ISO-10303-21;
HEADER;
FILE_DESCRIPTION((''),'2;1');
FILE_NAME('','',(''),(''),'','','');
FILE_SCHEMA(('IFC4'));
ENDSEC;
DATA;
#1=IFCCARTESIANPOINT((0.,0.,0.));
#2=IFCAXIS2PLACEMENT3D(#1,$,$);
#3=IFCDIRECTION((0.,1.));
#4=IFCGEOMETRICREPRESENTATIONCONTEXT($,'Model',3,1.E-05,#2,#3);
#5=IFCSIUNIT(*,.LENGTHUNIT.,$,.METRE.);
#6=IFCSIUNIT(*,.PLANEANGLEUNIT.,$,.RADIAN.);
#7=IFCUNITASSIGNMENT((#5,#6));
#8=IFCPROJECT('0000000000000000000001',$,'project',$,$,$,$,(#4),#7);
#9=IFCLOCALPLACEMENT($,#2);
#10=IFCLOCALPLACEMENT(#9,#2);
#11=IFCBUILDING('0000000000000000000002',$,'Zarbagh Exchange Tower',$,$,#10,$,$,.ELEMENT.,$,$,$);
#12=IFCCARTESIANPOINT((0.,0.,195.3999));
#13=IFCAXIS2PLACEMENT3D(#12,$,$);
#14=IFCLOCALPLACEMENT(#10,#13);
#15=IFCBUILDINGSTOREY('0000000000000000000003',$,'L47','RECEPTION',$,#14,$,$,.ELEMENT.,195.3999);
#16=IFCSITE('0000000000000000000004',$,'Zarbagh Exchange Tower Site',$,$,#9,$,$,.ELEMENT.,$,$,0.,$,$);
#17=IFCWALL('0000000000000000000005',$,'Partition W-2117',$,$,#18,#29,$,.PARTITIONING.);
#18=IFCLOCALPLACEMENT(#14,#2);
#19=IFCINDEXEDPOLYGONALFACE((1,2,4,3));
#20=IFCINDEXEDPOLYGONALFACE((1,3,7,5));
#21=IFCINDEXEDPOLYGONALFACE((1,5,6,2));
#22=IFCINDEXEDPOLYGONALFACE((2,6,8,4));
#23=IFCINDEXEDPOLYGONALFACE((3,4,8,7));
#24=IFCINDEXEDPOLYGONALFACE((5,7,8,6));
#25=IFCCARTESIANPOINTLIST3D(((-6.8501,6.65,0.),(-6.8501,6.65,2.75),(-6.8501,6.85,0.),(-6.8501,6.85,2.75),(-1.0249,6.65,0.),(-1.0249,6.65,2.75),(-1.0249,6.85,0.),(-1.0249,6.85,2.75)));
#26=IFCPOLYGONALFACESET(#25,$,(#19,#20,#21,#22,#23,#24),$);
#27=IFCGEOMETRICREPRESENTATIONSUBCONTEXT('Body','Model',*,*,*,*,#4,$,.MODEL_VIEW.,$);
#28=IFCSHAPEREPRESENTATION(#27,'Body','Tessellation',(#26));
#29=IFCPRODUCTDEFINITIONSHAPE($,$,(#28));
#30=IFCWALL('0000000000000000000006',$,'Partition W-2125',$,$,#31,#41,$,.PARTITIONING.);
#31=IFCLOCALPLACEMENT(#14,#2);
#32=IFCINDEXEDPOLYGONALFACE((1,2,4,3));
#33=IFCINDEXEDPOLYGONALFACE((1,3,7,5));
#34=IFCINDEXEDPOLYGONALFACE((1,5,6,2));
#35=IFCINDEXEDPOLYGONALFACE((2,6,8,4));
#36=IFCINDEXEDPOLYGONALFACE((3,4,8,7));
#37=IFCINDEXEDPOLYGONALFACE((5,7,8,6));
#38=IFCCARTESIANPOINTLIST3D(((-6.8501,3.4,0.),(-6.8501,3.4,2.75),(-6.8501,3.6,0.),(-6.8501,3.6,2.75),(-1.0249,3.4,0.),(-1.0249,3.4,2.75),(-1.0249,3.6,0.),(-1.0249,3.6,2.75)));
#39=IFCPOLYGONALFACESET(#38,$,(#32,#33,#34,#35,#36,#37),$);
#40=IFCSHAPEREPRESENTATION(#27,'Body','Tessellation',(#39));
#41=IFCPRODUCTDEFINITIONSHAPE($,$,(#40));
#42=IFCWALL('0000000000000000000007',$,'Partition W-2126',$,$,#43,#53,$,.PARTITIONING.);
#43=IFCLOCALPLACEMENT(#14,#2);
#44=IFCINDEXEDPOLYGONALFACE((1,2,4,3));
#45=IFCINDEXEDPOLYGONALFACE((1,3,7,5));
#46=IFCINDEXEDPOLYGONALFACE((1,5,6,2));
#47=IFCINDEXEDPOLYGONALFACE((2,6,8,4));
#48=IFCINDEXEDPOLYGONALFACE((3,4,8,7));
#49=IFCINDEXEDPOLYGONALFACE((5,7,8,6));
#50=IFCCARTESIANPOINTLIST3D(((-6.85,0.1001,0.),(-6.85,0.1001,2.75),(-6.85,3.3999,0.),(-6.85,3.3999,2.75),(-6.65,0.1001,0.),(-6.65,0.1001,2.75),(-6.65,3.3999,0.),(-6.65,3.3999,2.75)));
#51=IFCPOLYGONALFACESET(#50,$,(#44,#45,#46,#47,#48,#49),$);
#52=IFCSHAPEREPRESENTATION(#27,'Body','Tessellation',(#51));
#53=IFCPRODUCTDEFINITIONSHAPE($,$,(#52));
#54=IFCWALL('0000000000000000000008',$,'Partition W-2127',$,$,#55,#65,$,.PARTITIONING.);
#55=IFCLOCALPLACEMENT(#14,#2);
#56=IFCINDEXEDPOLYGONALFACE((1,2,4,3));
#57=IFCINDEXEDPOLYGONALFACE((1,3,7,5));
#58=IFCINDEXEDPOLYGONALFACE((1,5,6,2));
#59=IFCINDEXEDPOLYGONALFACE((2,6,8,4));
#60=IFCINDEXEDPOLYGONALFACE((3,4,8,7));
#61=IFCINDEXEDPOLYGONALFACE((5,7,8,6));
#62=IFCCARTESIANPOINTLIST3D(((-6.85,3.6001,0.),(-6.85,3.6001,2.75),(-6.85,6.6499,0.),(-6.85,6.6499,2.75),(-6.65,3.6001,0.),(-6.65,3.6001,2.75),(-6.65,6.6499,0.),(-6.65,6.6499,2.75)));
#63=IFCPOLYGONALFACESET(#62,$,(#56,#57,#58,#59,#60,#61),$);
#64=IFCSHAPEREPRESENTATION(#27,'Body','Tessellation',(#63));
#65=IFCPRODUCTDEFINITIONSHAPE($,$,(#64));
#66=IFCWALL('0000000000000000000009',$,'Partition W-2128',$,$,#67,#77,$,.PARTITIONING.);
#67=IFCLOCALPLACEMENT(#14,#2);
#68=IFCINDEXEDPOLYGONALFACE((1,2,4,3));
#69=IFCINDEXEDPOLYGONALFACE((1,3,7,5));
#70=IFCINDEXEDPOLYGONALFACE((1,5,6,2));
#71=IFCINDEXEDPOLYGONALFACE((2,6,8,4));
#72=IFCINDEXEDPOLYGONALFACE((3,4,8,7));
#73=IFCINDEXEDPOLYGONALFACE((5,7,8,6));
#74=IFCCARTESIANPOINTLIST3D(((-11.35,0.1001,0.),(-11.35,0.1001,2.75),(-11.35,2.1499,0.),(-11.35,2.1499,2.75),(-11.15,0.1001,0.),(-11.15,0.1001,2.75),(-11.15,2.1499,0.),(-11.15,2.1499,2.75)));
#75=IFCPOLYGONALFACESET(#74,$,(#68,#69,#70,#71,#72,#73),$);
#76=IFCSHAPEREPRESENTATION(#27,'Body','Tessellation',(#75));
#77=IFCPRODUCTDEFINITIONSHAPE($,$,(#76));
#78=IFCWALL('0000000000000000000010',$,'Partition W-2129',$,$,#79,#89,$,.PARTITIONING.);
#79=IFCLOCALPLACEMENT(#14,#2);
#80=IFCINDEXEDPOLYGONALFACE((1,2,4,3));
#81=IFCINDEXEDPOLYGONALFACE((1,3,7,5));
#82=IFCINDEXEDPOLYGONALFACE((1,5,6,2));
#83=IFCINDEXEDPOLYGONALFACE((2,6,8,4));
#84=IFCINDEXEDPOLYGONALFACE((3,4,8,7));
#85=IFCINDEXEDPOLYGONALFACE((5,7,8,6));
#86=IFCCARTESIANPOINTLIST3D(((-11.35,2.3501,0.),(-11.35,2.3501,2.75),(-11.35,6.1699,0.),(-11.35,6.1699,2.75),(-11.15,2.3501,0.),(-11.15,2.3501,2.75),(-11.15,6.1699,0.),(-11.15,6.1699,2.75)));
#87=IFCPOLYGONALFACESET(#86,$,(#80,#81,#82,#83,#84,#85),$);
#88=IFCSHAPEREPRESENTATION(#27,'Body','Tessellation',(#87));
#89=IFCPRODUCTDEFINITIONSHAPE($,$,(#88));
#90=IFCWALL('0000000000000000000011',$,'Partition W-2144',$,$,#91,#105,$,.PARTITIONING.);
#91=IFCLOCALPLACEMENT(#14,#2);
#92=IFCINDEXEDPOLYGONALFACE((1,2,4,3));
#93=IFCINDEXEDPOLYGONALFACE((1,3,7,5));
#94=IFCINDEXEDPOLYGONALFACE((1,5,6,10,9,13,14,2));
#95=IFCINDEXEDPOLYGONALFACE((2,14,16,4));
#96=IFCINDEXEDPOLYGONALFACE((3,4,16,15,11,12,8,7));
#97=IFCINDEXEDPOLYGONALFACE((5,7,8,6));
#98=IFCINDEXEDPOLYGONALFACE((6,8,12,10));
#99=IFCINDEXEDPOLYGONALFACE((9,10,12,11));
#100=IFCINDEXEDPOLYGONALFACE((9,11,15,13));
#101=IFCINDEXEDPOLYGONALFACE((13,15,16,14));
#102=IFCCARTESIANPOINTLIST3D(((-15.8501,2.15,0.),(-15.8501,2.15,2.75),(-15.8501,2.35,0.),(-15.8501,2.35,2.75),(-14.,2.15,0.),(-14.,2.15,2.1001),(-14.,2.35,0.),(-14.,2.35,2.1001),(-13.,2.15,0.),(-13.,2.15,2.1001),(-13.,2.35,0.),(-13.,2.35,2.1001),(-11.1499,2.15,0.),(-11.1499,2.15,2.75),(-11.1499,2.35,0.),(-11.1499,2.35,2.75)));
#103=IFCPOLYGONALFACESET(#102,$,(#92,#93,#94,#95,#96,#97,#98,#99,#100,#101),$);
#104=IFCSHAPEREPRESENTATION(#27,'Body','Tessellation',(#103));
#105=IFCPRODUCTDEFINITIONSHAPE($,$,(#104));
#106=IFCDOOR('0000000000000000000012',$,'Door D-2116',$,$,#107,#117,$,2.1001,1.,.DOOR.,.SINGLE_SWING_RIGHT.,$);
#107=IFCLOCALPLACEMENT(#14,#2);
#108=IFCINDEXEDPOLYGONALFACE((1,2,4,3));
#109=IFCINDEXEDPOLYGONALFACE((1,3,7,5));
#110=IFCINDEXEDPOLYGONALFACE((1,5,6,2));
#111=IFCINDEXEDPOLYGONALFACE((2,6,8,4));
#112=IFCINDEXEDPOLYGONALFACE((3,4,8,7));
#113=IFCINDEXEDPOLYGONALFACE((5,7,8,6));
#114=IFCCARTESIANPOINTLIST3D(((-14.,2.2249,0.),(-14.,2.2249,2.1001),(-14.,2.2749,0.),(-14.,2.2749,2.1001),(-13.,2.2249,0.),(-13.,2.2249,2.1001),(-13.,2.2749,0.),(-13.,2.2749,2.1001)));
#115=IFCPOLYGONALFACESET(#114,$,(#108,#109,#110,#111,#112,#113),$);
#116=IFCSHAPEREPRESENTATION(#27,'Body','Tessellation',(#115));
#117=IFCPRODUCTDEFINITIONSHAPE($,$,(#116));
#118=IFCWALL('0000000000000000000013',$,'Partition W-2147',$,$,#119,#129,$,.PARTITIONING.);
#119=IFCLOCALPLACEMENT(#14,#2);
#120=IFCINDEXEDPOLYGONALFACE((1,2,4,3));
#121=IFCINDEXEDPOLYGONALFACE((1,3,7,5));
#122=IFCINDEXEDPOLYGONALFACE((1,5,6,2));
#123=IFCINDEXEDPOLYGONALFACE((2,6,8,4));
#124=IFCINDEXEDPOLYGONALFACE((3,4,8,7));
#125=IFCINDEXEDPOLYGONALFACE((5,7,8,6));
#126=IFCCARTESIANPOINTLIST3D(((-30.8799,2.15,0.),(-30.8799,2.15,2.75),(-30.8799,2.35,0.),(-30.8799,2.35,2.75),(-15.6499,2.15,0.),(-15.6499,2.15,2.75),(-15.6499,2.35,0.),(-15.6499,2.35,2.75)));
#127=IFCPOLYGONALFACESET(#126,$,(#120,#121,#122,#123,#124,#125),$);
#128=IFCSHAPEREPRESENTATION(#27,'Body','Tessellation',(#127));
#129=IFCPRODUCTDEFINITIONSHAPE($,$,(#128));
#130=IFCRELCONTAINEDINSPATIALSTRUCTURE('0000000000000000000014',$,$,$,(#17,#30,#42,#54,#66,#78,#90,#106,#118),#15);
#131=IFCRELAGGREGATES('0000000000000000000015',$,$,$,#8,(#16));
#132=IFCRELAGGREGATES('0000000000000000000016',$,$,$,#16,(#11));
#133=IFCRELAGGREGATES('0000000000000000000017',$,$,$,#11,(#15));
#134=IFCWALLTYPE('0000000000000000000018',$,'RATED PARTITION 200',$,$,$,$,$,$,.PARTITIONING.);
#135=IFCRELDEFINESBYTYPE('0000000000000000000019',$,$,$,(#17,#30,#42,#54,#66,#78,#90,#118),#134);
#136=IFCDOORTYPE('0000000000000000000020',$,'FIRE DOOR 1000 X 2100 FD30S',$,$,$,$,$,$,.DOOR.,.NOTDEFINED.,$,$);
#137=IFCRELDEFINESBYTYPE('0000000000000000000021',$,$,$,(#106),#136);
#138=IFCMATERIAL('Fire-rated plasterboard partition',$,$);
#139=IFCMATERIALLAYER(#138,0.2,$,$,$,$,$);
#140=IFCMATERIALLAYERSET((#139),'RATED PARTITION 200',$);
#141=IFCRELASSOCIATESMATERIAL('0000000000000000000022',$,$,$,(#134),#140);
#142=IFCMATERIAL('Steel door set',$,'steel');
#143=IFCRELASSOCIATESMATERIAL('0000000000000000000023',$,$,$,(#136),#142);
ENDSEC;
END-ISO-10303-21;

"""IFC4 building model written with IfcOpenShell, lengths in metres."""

from ifc_helpers import new_model, si_unit, direction, frame, frame_2d, origin, place, context, subcontext, project, spatial, rectangle, extrude, material, layer, layer_set, type_object, element, fill, save


model = new_model("IFC4")

# Units and contexts
model_context = context("Model", 3, precision=1e-05, world=origin(), true_north=direction((0.0, 1.0)))
body_context = subcontext(model_context, "Body", "Model", "MODEL_VIEW")
ifc_project = project(units=[si_unit("LENGTHUNIT", "METRE"), si_unit("PLANEANGLEUNIT", "RADIAN")], contexts=[model_context])

# Site, building, storey
site_placement = place(None, origin())
site = spatial("IfcSite", under=ifc_project, at=site_placement, Name="Zarbagh Exchange Tower Site", CompositionType="ELEMENT", RefElevation=0.0)
building_placement = place(site_placement, origin())
building = spatial("IfcBuilding", under=site, at=building_placement, Name="Zarbagh Exchange Tower", CompositionType="ELEMENT")
storey_placement = place(building_placement, frame((0.0, 0.0, 195.3999)))
storey = spatial("IfcBuildingStorey", under=building, at=storey_placement, Name="L47", Description="RECEPTION", CompositionType="ELEMENT", Elevation=195.3999)

# Walls
ifc_material_1 = material(Name="Fire-rated plasterboard partition")
ifc_layer = layer(ifc_material_1, 0.2)
ifc_layer_set = layer_set([ifc_layer], Name="RATED PARTITION 200")
wall_type = type_object("IfcWallType", Name="RATED PARTITION 200", PredefinedType="PARTITIONING", material=ifc_layer_set)
for number, where, z_axis, x_axis, name in (
    (1, (-6.8501, 6.75, 0.0), (0.0, 0.0, 1.0), (1.0, 0.0, 0.0), "Partition W-2117"),
    (2, (-6.8501, 3.5, 0.0), (0.0, 0.0, 1.0), (1.0, 0.0, 0.0), "Partition W-2125"),
):
    element("IfcWall", number, at=place(storey_placement, frame(where, z_axis=z_axis, x_axis=x_axis)), inside=storey, type_object=wall_type, Name=name, PredefinedType="PARTITIONING", context=body_context, shape_type="SweptSolid", body=[
        extrude(rectangle(XDim=5.8252, YDim=0.2, at=frame_2d((2.9126, 0.0))), origin(), (0.0, 0.0, 1.0), 2.75),
    ])
wall_1_placement = place(storey_placement, frame((-6.75, 0.1001, 0.0), z_axis=(0.0, 0.0, 1.0), x_axis=(0.0, 1.0, 0.0)))
element("IfcWall", 3, at=wall_1_placement, inside=storey, type_object=wall_type, Name="Partition W-2126", PredefinedType="PARTITIONING", context=body_context, shape_type="SweptSolid", body=[
    extrude(rectangle(XDim=3.2998, YDim=0.2, at=frame_2d((1.6499, 0.0))), origin(), (0.0, 0.0, 1.0), 2.75),
])
wall_2_placement = place(storey_placement, frame((-6.75, 3.6001, 0.0), z_axis=(0.0, 0.0, 1.0), x_axis=(0.0, 1.0, 0.0)))
element("IfcWall", 4, at=wall_2_placement, inside=storey, type_object=wall_type, Name="Partition W-2127", PredefinedType="PARTITIONING", context=body_context, shape_type="SweptSolid", body=[
    extrude(rectangle(XDim=3.0498, YDim=0.2, at=frame_2d((1.5249, 0.0))), origin(), (0.0, 0.0, 1.0), 2.75),
])
wall_3_placement = place(storey_placement, frame((-11.25, 0.1001, 0.0), z_axis=(0.0, 0.0, 1.0), x_axis=(0.0, 1.0, 0.0)))
element("IfcWall", 5, at=wall_3_placement, inside=storey, type_object=wall_type, Name="Partition W-2128", PredefinedType="PARTITIONING", context=body_context, shape_type="SweptSolid", body=[
    extrude(rectangle(XDim=2.0498, YDim=0.2, at=frame_2d((1.0249, 0.0))), origin(), (0.0, 0.0, 1.0), 2.75),
])
wall_4_placement = place(storey_placement, frame((-11.25, 2.3501, 0.0), z_axis=(0.0, 0.0, 1.0), x_axis=(0.0, 1.0, 0.0)))
element("IfcWall", 6, at=wall_4_placement, inside=storey, type_object=wall_type, Name="Partition W-2129", PredefinedType="PARTITIONING", context=body_context, shape_type="SweptSolid", body=[
    extrude(rectangle(XDim=3.8198, YDim=0.2, at=frame_2d((1.9099, 0.0))), origin(), (0.0, 0.0, 1.0), 2.75),
])

# Wall, opening, door
wall_5_placement = place(storey_placement, frame((-15.8501, 2.25, 0.0), z_axis=(0.0, 0.0, 1.0), x_axis=(1.0, 0.0, 0.0)))
wall_5 = element("IfcWall", 7, at=wall_5_placement, inside=storey, type_object=wall_type, Name="Partition W-2144", PredefinedType="PARTITIONING", context=body_context, shape_type="SweptSolid", body=[
    extrude(rectangle(XDim=4.7002, YDim=0.2, at=frame_2d((2.3501, 0.0))), origin(), (0.0, 0.0, 1.0), 2.75),
])
opening_placement = place(wall_5_placement, frame((1.8501, 0.0, 0.0)))
opening = element("IfcOpeningElement", 8, at=opening_placement, cuts=wall_5, PredefinedType="OPENING", context=body_context, shape_type="SweptSolid", body=[
    extrude(rectangle(XDim=1.0, YDim=2.1001, at=frame_2d((0.5, 1.05))), frame((0.0, 0.1099, 0.0), z_axis=(0.0, -1.0, 0.0), x_axis=(1.0, 0.0, 0.0)), (0.0, 0.0, 1.0), 0.22),
])
ifc_material_2 = material(Name="Steel door set", Category="steel")
door_type = type_object("IfcDoorType", Name="FIRE DOOR 1000 X 2100 FD30S", OperationType="NOTDEFINED", PredefinedType="DOOR", material=ifc_material_2)
door_placement = place(opening_placement, origin())
door = element("IfcDoor", 9, at=door_placement, inside=storey, type_object=door_type, Name="Door D-2116", OperationType="SINGLE_SWING_RIGHT", OverallHeight=2.1001, OverallWidth=1.0, PredefinedType="DOOR", context=body_context, shape_type="SweptSolid", body=[
    extrude(rectangle(XDim=1.0, YDim=2.1001, at=frame_2d((0.5, 1.05))), frame((0.0, 0.0249, 0.0), z_axis=(0.0, -1.0, 0.0), x_axis=(1.0, 0.0, 0.0)), (0.0, 0.0, 1.0), 0.05),
])
fill(opening, door)

# Wall
wall_6_placement = place(storey_placement, frame((-30.8799, 2.25, 0.0), z_axis=(0.0, 0.0, 1.0), x_axis=(1.0, 0.0, 0.0)))
element("IfcWall", 10, at=wall_6_placement, inside=storey, type_object=wall_type, Name="Partition W-2147", PredefinedType="PARTITIONING", context=body_context, shape_type="SweptSolid", body=[
    extrude(rectangle(XDim=15.23, YDim=0.2, at=frame_2d((7.615, 0.0))), origin(), (0.0, 0.0, 1.0), 2.75),
])

save(model, "model.ifc")
